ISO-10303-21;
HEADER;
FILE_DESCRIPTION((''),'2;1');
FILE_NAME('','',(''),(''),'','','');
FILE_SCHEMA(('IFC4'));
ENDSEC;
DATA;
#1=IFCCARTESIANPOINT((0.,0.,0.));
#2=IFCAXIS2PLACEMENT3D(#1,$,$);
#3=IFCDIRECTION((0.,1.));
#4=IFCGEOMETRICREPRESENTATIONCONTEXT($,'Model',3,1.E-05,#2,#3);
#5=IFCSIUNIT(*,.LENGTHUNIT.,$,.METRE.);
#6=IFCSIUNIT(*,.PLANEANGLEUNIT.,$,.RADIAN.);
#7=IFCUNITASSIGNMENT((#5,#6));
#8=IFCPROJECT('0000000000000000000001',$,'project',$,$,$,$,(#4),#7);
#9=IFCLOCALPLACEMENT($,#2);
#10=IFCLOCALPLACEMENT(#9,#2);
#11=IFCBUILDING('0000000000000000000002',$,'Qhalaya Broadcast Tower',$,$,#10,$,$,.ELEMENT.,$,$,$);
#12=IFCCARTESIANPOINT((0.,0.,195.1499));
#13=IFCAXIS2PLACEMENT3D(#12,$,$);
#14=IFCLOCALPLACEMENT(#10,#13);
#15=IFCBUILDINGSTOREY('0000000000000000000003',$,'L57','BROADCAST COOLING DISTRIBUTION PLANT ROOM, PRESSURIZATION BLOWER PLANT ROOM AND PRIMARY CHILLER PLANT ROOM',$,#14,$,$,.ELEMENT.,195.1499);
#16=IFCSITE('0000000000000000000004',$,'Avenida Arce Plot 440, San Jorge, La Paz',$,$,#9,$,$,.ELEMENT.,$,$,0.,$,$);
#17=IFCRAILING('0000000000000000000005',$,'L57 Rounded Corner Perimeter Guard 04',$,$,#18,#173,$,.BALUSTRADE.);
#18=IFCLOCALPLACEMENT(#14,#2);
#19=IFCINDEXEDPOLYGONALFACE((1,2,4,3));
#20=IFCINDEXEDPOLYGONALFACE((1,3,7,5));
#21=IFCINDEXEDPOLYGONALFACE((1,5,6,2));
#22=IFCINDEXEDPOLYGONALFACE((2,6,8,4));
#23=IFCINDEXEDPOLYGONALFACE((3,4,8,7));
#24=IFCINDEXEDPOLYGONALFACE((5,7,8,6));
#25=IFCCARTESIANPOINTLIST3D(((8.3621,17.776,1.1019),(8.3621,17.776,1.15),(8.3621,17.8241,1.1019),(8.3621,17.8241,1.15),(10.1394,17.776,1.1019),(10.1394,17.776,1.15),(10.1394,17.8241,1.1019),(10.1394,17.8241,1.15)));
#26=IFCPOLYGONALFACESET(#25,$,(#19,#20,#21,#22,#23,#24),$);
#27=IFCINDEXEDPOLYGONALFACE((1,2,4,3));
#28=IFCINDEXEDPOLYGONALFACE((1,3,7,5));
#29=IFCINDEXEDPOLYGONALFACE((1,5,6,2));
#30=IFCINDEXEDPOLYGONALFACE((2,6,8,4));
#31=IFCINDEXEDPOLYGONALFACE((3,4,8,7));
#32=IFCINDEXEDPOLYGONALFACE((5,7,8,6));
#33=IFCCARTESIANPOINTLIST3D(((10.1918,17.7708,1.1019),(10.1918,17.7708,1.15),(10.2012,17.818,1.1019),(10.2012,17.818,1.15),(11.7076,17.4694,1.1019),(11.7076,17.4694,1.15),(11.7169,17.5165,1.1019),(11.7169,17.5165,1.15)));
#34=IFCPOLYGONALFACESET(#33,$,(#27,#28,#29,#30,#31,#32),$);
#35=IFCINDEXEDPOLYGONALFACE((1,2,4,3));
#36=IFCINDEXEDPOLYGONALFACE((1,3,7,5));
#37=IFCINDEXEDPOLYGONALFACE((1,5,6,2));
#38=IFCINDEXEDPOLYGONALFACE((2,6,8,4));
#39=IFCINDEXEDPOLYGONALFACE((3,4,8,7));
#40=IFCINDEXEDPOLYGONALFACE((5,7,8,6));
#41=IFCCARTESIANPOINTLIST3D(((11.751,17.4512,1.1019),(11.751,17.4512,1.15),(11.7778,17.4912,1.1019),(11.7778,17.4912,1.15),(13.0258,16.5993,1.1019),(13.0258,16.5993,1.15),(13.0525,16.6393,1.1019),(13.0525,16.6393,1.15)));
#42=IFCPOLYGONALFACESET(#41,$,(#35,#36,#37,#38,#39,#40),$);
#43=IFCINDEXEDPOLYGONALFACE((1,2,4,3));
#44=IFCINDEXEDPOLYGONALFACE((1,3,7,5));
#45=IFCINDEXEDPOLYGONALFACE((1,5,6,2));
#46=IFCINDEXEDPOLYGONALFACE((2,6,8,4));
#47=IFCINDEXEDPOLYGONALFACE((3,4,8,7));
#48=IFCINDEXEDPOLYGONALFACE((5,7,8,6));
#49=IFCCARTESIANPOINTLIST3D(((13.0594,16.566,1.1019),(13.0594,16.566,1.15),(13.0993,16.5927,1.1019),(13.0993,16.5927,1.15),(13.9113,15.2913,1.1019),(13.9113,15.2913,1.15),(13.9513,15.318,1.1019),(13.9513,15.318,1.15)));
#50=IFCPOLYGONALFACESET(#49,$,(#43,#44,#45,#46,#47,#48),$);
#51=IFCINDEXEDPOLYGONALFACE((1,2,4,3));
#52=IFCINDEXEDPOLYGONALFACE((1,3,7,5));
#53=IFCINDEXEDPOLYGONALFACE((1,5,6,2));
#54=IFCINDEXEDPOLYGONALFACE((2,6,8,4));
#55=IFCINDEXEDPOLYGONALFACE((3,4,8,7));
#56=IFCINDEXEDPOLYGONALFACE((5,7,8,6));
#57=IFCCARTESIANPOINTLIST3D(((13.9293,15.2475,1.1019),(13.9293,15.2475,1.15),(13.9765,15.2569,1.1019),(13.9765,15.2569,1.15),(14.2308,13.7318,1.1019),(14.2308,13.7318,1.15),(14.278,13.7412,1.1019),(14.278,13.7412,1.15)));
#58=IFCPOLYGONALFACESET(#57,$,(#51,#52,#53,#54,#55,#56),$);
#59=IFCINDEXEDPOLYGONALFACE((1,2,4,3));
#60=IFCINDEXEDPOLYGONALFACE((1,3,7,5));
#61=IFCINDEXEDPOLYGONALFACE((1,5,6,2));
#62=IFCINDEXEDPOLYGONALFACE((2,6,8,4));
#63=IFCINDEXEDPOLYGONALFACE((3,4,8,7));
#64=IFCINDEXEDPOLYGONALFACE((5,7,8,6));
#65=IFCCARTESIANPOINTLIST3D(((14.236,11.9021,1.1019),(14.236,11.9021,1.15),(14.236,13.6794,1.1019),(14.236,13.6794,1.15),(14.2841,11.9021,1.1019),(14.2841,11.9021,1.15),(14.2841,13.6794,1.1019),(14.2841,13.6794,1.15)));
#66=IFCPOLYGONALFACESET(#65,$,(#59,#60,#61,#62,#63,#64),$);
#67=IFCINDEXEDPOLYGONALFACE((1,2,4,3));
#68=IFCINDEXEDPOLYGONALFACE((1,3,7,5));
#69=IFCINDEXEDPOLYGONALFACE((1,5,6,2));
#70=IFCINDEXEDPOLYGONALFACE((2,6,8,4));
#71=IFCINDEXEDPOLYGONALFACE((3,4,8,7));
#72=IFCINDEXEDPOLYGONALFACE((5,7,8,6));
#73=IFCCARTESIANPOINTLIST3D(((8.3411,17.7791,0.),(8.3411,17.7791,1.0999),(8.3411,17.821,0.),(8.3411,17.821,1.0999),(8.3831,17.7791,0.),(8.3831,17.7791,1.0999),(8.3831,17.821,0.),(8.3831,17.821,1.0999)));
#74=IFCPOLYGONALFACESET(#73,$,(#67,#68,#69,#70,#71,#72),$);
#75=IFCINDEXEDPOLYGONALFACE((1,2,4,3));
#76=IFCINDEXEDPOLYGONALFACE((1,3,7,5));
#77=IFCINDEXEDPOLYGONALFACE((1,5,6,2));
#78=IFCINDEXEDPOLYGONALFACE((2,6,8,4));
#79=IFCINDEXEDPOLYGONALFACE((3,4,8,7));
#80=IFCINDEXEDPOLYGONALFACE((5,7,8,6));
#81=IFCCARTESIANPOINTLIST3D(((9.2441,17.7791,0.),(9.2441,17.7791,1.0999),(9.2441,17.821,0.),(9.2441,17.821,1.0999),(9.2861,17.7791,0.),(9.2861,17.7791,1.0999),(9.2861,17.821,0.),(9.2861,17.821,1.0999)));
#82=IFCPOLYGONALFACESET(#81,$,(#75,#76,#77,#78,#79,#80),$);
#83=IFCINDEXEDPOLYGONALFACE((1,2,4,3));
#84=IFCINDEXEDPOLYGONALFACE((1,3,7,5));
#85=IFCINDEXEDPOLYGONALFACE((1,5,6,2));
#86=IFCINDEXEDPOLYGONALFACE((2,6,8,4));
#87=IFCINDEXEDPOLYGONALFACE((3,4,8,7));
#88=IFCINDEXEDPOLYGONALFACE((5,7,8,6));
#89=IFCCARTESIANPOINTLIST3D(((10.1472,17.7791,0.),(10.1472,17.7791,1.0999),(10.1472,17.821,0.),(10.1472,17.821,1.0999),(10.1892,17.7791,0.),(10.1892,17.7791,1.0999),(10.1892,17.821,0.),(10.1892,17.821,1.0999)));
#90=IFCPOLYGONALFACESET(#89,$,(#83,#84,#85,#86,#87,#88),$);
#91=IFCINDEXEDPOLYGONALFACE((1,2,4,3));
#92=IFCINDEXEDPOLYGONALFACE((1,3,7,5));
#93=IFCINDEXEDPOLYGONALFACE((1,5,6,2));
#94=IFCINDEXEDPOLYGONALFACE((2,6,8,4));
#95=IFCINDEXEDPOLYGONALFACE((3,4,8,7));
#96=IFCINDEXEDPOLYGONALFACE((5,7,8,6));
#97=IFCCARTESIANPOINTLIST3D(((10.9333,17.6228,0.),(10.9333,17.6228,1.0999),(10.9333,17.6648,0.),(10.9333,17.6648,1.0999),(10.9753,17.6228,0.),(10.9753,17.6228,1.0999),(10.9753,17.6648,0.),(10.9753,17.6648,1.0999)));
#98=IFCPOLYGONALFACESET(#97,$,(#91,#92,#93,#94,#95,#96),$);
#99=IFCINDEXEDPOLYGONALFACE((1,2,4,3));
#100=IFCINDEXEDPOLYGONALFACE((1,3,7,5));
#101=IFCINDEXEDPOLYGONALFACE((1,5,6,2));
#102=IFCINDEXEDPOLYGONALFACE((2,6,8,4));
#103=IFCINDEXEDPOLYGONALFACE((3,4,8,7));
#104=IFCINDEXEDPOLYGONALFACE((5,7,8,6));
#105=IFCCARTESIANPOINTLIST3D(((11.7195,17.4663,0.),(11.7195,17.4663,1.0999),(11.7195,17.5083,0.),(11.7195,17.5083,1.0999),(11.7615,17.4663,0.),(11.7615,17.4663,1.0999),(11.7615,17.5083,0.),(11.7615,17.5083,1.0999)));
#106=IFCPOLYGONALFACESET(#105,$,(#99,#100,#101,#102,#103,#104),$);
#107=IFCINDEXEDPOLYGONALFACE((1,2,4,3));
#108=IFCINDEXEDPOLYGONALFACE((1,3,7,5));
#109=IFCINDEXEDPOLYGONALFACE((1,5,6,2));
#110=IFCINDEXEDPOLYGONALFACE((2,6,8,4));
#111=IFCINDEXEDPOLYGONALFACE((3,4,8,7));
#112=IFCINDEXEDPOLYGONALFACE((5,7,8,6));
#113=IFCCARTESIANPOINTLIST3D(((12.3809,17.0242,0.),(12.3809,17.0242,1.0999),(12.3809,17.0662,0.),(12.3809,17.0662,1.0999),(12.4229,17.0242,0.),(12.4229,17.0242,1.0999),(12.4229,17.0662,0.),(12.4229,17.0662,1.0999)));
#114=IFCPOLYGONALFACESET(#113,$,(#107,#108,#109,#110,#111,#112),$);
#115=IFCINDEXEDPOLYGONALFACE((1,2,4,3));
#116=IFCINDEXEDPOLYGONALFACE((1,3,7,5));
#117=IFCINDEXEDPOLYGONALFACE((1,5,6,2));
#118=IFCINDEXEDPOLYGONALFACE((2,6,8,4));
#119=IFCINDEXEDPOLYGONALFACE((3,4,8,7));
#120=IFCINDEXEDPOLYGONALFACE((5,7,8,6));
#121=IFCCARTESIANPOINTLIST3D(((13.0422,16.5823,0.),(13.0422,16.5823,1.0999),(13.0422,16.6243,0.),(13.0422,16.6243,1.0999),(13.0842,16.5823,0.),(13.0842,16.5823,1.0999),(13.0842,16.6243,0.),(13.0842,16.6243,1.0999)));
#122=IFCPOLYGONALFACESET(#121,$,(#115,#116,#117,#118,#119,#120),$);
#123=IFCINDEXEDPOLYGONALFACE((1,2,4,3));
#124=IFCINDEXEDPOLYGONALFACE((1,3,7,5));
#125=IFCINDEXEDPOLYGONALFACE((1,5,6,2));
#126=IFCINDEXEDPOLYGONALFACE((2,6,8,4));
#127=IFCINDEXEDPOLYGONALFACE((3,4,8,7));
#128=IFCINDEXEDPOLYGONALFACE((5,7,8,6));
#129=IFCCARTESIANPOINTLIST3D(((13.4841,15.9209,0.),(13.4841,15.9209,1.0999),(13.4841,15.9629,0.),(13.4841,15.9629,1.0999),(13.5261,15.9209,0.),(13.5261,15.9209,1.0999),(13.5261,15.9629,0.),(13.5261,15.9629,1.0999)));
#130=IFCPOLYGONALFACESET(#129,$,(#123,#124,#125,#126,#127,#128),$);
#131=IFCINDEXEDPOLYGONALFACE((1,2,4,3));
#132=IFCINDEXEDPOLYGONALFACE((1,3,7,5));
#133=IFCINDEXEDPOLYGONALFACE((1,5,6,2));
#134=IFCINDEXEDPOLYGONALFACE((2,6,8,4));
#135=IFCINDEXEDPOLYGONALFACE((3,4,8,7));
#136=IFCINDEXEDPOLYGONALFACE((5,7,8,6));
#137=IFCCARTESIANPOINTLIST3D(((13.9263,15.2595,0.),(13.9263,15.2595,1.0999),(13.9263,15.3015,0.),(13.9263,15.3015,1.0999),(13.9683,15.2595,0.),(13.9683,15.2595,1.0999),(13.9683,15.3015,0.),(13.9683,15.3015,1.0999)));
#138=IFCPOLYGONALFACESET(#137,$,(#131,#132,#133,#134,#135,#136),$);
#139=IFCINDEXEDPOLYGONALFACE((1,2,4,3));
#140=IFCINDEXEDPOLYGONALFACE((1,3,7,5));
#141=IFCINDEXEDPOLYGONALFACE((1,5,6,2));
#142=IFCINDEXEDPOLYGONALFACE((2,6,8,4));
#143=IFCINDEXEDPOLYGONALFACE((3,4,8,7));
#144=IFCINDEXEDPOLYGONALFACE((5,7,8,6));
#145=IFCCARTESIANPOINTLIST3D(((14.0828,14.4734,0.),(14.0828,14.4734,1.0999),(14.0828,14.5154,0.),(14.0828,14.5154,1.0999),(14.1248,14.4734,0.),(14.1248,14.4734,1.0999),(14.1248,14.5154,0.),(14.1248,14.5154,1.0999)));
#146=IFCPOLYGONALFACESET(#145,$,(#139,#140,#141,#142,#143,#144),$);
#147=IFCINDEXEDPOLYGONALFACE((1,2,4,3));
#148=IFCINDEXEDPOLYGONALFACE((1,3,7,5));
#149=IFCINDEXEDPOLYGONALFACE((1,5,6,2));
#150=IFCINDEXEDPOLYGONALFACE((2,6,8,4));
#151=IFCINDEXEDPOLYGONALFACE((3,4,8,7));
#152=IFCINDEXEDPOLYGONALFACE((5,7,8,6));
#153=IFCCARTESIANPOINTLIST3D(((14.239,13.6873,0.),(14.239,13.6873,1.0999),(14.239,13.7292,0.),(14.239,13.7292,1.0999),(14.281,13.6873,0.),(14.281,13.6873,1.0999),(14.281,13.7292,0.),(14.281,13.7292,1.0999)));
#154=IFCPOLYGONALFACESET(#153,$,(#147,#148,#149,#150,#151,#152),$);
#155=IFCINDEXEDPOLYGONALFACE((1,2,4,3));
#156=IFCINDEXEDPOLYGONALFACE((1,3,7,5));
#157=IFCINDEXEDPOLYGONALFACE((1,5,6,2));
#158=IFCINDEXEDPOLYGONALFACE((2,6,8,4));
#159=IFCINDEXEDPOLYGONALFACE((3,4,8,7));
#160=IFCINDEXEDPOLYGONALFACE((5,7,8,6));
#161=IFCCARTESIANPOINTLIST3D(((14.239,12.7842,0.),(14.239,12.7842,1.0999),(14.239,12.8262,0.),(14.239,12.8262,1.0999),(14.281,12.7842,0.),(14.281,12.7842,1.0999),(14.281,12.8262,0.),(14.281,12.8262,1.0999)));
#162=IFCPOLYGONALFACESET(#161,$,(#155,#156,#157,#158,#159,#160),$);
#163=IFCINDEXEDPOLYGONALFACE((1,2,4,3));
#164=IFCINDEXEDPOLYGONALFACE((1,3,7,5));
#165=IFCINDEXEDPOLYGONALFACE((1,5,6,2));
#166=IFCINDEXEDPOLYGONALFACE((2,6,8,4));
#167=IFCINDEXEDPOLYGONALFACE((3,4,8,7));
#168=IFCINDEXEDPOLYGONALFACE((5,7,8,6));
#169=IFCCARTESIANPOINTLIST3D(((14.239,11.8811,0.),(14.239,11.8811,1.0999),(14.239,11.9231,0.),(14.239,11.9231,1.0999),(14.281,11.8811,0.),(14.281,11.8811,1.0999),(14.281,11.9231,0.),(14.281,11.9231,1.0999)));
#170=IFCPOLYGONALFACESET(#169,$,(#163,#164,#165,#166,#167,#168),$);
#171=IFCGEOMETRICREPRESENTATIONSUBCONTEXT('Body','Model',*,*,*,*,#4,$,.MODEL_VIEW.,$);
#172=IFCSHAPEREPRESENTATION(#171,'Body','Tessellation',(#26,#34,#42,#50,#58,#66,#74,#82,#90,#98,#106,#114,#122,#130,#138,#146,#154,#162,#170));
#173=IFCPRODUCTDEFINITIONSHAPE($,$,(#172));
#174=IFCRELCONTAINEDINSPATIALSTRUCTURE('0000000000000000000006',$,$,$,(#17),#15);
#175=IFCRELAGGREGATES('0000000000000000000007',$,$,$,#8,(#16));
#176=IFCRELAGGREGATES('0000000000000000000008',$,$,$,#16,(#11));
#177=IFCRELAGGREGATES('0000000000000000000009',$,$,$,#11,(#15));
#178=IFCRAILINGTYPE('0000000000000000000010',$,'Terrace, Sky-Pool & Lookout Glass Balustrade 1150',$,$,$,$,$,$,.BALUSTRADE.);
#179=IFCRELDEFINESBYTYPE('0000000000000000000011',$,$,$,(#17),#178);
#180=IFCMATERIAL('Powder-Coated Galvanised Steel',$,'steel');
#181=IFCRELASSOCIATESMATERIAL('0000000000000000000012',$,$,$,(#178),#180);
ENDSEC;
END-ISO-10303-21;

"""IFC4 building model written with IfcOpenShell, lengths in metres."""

from ifc_helpers import new_model, si_unit, direction, frame, origin, origin_2d, place, context, subcontext, project, spatial, rectangle, extrude, material, type_object, element, save


model = new_model("IFC4")

# Units and contexts
model_context = context("Model", 3, precision=1e-05, world=origin(), true_north=direction((0.0, 1.0)))
body_context = subcontext(model_context, "Body", "Model", "MODEL_VIEW")
ifc_project = project(units=[si_unit("LENGTHUNIT", "METRE"), si_unit("PLANEANGLEUNIT", "RADIAN")], contexts=[model_context])

# Site, building, storey
site_placement = place(None, origin())
site = spatial("IfcSite", under=ifc_project, at=site_placement, Name="Avenida Arce Plot 440, San Jorge, La Paz", CompositionType="ELEMENT", RefElevation=0.0)
building_placement = place(site_placement, origin())
building = spatial("IfcBuilding", under=site, at=building_placement, Name="Qhalaya Broadcast Tower", CompositionType="ELEMENT")
storey_placement = place(building_placement, frame((0.0, 0.0, 195.1499)))
storey = spatial("IfcBuildingStorey", under=building, at=storey_placement, Name="L57", Description="BROADCAST COOLING DISTRIBUTION PLANT ROOM, PRESSURIZATION BLOWER PLANT ROOM AND PRIMARY CHILLER PLANT ROOM", CompositionType="ELEMENT", Elevation=195.1499)

# Railing
ifc_material_1 = material(Name="Powder-Coated Galvanised Steel", Category="steel")
railing_type = type_object("IfcRailingType", Name="Terrace, Sky-Pool & Lookout Glass Balustrade 1150", PredefinedType="BALUSTRADE", material=ifc_material_1)
railing_placement = place(storey_placement, frame((8.3621, 17.8, 0.0)))
element("IfcRailing", 1, at=railing_placement, inside=storey, type_object=railing_type, Name="L57 Rounded Corner Perimeter Guard 04", PredefinedType="BALUSTRADE", context=body_context, shape_type="SweptSolid", body=[
    extrude(rectangle(XDim=0.0481, YDim=0.0481, at=origin_2d()), frame((0.0, 0.0, 1.126), z_axis=(1.0, 0.0, 0.0), x_axis=(0.0, 1.0, 0.0)), (0.0, 0.0, 1.0), 1.7773),
    extrude(rectangle(XDim=0.0481, YDim=0.0481, at=origin_2d()), frame((1.8345, -0.0056, 1.126), z_axis=(0.980785, -0.195091, 0.0), x_axis=(0.195091, 0.980785, 0.0)), (0.0, 0.0, 1.0), 1.5454),
    extrude(rectangle(XDim=0.0481, YDim=0.0481, at=origin_2d()), frame((3.4023, -0.3289, 1.126), z_axis=(0.831412, -0.555656, 0.0), x_axis=(0.555656, 0.831412, 0.0)), (0.0, 0.0, 1.0), 1.5332),
    extrude(rectangle(XDim=0.0481, YDim=0.0481, at=origin_2d()), frame((4.7173, -1.2207, 1.126), z_axis=(0.555656, -0.831412, 0.0), x_axis=(0.831412, 0.555656, 0.0)), (0.0, 0.0, 1.0), 1.5332),
    extrude(rectangle(XDim=0.0481, YDim=0.0481, at=origin_2d()), frame((5.5908, -2.5479, 1.126), z_axis=(0.195091, -0.980785, 0.0), x_axis=(0.980785, 0.195091, 0.0)), (0.0, 0.0, 1.0), 1.5454),
    extrude(rectangle(XDim=0.0481, YDim=0.0481, at=origin_2d()), frame((5.8979, -4.1206, 1.126), z_axis=(0.0, -1.0, 0.0), x_axis=(1.0, 0.0, 0.0)), (0.0, 0.0, 1.0), 1.7773),
    extrude(rectangle(XDim=0.042, YDim=0.042, at=origin_2d()), origin(), (0.0, 0.0, 1.0), 1.0999),
    extrude(rectangle(XDim=0.042, YDim=0.042, at=origin_2d()), frame((0.9031, 0.0, 0.0)), (0.0, 0.0, 1.0), 1.0999),
    extrude(rectangle(XDim=0.042, YDim=0.042, at=origin_2d()), frame((1.8062, 0.0, 0.0)), (0.0, 0.0, 1.0), 1.0999),
    extrude(rectangle(XDim=0.042, YDim=0.042, at=origin_2d()), frame((2.5923, -0.1562, 0.0)), (0.0, 0.0, 1.0), 1.0999),
    extrude(rectangle(XDim=0.042, YDim=0.042, at=origin_2d()), frame((3.3784, -0.3127, 0.0)), (0.0, 0.0, 1.0), 1.0999),
    extrude(rectangle(XDim=0.042, YDim=0.042, at=origin_2d()), frame((4.0398, -0.7549, 0.0)), (0.0, 0.0, 1.0), 1.0999),
    extrude(rectangle(XDim=0.042, YDim=0.042, at=origin_2d()), frame((4.7012, -1.1968, 0.0)), (0.0, 0.0, 1.0), 1.0999),
    extrude(rectangle(XDim=0.042, YDim=0.042, at=origin_2d()), frame((5.1431, -1.8582, 0.0)), (0.0, 0.0, 1.0), 1.0999),
    extrude(rectangle(XDim=0.042, YDim=0.042, at=origin_2d()), frame((5.5852, -2.5195, 0.0)), (0.0, 0.0, 1.0), 1.0999),
    extrude(rectangle(XDim=0.042, YDim=0.042, at=origin_2d()), frame((5.7417, -3.3057, 0.0)), (0.0, 0.0, 1.0), 1.0999),
    extrude(rectangle(XDim=0.042, YDim=0.042, at=origin_2d()), frame((5.8979, -4.0918, 0.0)), (0.0, 0.0, 1.0), 1.0999),
    extrude(rectangle(XDim=0.042, YDim=0.042, at=origin_2d()), frame((5.8979, -4.9949, 0.0)), (0.0, 0.0, 1.0), 1.0999),
    extrude(rectangle(XDim=0.042, YDim=0.042, at=origin_2d()), frame((5.8979, -5.8979, 0.0)), (0.0, 0.0, 1.0), 1.0999),
])

save(model, "model.ifc")
